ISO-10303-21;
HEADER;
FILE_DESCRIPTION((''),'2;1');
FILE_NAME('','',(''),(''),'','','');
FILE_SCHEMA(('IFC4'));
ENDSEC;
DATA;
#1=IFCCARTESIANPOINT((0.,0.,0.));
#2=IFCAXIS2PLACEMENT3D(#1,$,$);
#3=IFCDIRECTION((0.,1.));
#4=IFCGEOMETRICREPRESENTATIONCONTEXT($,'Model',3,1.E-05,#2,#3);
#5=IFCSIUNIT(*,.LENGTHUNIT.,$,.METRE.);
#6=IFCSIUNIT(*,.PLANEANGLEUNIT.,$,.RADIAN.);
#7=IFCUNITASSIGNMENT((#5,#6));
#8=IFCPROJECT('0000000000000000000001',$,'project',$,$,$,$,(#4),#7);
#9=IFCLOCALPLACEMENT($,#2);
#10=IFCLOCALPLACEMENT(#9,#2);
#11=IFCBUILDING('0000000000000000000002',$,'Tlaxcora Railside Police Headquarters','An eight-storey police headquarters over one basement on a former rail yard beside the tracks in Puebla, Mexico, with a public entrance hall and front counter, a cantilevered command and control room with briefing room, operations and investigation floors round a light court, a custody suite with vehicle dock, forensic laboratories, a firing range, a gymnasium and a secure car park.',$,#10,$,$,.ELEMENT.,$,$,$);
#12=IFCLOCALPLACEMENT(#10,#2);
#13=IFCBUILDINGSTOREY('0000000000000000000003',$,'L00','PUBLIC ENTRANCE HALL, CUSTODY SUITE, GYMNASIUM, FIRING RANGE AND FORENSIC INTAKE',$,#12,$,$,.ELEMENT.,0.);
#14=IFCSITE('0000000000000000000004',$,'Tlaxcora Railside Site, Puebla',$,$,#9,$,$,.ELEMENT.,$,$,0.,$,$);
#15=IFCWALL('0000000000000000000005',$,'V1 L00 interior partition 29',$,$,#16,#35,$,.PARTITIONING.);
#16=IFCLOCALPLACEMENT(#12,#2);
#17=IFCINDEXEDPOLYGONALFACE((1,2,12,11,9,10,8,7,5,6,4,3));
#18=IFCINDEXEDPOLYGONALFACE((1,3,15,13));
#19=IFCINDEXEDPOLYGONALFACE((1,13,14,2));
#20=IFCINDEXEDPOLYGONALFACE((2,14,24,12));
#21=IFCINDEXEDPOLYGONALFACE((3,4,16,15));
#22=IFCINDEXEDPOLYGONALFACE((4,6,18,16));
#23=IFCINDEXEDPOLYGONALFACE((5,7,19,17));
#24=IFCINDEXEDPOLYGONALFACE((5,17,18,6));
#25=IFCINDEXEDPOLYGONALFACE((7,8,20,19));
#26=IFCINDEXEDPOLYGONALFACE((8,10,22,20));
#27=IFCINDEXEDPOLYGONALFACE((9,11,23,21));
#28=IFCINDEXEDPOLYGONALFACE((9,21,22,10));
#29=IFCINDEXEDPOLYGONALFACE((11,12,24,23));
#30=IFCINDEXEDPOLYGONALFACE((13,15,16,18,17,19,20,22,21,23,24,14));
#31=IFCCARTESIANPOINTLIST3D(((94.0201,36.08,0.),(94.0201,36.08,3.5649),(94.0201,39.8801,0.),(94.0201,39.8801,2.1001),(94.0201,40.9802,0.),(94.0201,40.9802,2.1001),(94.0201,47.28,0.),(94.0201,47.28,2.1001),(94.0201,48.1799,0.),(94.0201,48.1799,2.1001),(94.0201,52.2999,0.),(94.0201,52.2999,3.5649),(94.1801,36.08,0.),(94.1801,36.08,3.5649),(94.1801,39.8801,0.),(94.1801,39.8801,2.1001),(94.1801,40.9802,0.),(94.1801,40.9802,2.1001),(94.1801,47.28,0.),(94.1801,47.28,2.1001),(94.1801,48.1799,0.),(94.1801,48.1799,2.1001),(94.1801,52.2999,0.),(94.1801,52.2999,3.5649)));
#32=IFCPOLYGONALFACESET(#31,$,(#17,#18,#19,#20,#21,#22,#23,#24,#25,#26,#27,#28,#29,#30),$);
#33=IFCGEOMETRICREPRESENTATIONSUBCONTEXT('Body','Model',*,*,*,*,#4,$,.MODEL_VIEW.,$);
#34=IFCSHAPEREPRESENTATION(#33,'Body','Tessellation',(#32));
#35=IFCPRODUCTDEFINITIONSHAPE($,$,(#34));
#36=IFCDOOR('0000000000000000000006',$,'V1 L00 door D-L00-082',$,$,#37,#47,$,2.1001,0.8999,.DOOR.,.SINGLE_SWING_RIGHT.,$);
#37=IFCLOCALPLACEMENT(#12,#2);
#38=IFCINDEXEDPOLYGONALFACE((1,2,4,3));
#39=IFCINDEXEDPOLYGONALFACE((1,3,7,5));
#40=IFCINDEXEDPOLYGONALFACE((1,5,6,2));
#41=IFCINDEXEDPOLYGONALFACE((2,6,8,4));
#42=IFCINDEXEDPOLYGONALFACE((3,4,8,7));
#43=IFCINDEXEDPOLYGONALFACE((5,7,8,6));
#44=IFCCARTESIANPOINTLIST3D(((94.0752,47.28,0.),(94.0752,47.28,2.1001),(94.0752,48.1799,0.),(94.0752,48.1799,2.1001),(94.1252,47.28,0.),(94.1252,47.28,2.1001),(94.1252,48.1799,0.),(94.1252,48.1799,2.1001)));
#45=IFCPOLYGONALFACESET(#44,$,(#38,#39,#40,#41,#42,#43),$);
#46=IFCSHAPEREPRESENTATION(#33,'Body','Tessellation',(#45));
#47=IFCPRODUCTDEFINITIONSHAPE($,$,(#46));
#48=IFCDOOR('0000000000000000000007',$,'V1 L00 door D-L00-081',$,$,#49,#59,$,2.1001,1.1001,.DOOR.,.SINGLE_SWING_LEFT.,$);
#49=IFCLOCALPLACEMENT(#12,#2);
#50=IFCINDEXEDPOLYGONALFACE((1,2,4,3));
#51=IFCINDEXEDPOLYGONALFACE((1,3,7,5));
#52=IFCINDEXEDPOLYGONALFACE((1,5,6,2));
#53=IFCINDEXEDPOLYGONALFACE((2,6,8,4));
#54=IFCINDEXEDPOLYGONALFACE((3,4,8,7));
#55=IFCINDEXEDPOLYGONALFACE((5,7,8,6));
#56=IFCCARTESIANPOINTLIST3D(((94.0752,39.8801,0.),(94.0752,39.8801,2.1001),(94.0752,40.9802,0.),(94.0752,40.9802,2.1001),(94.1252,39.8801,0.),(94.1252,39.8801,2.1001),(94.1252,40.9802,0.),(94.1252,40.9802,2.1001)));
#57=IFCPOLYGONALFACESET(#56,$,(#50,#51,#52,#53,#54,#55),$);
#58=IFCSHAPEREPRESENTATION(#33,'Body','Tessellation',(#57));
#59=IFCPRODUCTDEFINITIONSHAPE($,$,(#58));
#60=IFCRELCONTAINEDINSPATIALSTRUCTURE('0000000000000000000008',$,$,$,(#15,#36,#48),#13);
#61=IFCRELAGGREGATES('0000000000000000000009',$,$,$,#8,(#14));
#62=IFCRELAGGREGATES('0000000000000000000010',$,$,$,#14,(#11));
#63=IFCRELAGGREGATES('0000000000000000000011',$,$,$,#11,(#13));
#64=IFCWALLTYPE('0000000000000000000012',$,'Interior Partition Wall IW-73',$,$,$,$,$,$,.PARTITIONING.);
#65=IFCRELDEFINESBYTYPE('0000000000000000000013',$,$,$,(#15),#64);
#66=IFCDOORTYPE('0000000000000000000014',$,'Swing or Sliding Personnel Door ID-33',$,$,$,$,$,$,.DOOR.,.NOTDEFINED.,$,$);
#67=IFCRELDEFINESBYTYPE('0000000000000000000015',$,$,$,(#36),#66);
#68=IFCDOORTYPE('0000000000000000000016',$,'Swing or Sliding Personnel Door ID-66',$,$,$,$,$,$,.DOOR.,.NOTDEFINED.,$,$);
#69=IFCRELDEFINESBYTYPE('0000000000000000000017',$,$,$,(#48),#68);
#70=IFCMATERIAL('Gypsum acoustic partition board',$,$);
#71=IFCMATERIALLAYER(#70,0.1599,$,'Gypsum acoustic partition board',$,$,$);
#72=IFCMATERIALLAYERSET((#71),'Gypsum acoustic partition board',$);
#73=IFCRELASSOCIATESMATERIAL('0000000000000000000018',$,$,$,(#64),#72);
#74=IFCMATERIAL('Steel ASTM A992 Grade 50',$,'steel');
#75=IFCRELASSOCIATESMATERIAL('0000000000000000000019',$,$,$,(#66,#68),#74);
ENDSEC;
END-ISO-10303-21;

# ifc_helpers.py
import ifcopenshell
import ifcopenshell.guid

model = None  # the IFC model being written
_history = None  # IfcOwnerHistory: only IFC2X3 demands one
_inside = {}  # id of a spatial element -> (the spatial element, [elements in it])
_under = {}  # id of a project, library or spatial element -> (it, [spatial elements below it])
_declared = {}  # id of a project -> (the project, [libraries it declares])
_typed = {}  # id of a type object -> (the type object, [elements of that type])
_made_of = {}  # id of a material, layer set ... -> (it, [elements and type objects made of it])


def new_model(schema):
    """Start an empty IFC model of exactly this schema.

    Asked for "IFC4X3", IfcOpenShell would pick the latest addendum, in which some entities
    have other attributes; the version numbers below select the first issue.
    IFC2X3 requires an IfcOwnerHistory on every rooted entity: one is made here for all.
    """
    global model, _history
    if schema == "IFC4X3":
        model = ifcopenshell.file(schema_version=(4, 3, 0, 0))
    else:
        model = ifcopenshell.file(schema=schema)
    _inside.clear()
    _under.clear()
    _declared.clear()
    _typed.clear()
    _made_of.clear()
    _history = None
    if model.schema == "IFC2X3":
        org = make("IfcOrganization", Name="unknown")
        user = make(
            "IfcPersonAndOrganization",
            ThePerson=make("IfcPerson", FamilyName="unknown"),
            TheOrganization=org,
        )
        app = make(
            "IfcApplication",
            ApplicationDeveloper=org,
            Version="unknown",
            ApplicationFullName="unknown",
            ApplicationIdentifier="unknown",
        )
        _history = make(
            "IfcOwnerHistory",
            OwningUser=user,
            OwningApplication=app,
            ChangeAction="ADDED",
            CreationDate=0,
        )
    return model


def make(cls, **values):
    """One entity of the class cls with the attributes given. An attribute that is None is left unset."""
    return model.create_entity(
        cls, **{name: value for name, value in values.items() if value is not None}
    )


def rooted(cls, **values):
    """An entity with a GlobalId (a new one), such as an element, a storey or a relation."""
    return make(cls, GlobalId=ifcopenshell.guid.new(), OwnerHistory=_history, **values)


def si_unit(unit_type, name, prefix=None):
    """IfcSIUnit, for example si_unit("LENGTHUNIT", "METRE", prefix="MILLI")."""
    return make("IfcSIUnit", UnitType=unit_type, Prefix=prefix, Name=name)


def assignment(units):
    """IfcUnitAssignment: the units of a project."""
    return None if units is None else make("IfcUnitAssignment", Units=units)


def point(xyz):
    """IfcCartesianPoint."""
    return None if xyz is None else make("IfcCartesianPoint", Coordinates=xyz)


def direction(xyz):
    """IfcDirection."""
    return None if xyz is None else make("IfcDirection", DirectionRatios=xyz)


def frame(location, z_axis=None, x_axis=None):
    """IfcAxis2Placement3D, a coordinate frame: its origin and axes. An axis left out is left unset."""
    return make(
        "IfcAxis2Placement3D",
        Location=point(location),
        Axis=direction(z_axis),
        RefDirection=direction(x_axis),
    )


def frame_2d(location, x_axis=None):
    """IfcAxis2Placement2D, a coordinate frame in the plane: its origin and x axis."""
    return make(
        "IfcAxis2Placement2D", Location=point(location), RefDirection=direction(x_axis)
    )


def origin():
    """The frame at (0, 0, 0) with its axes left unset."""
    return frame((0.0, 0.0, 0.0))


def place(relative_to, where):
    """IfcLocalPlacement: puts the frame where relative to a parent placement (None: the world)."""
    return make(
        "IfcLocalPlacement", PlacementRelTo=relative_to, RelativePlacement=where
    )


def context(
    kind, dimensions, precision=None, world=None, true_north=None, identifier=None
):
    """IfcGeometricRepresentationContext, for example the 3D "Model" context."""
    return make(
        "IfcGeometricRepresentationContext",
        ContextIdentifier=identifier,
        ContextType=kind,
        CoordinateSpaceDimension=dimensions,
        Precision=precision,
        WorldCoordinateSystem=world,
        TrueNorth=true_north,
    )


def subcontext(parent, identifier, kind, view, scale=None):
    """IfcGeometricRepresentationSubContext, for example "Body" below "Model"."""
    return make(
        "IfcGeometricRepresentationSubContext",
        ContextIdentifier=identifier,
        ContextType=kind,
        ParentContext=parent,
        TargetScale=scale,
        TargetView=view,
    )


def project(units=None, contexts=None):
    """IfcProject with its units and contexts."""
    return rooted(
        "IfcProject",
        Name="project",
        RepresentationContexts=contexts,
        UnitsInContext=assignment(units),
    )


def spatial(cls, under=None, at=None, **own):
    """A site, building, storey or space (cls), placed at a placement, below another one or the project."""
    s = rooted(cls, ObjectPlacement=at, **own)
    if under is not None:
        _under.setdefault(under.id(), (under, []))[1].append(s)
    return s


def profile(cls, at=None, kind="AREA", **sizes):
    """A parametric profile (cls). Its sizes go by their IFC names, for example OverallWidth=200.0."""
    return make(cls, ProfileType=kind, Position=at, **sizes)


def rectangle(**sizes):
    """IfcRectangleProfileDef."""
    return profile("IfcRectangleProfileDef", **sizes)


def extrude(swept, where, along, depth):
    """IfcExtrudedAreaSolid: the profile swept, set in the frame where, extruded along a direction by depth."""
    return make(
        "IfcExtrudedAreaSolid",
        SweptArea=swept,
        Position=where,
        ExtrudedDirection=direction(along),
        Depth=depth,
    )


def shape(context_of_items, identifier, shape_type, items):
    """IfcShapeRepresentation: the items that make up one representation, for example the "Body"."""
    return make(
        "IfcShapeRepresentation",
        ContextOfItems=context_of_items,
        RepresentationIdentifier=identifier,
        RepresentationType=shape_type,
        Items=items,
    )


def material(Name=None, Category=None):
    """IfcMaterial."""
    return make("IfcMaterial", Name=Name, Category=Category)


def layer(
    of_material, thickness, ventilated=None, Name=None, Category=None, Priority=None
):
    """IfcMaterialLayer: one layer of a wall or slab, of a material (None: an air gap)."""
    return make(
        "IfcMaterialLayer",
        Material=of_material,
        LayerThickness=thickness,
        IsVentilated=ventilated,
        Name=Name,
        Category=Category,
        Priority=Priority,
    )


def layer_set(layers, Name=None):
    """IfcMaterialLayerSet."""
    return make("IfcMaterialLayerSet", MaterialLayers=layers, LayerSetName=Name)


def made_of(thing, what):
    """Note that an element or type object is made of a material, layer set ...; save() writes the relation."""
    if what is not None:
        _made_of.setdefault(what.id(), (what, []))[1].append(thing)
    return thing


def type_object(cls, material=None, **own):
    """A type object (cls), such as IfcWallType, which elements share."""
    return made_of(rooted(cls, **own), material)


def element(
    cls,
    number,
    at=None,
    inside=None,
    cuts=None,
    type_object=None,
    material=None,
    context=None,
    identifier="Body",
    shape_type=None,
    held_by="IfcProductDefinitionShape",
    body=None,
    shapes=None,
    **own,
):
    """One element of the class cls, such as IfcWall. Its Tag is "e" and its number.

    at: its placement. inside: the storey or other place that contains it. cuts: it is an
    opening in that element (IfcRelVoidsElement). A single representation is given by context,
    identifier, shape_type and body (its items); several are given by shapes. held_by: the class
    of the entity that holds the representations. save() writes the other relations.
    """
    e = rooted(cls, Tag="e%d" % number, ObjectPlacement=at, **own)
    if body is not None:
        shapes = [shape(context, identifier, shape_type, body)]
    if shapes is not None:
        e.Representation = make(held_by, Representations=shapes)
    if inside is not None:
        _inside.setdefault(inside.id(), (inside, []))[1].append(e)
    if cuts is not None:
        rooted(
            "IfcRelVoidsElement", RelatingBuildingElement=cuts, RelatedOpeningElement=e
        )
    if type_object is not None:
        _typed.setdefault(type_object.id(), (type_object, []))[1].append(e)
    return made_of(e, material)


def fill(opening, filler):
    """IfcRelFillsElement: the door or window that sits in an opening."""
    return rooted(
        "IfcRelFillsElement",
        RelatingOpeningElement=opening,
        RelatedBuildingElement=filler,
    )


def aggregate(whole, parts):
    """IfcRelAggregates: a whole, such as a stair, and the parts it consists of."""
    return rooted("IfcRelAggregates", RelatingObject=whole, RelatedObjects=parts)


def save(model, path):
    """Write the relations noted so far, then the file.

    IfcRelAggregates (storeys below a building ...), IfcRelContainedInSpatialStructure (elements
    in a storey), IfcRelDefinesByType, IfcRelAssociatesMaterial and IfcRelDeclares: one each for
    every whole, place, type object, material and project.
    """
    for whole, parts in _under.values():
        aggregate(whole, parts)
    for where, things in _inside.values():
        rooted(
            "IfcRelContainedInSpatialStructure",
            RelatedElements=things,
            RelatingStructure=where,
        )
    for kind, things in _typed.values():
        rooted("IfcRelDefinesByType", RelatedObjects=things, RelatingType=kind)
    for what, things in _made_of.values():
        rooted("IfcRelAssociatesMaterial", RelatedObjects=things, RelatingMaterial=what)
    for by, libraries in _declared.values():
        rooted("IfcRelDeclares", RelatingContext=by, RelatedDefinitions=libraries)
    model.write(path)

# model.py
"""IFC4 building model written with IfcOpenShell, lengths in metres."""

from ifc_helpers import new_model, si_unit, direction, frame, frame_2d, origin, place, context, subcontext, project, spatial, rectangle, extrude, material, layer, layer_set, type_object, element, fill, save


model = new_model("IFC4")

# Units and contexts
model_context = context("Model", 3, precision=1e-05, world=origin(), true_north=direction((0.0, 1.0)))
body_context = subcontext(model_context, "Body", "Model", "MODEL_VIEW")
ifc_project = project(units=[si_unit("LENGTHUNIT", "METRE"), si_unit("PLANEANGLEUNIT", "RADIAN")], contexts=[model_context])

# Site, building, storey
site_placement = place(None, origin())
site = spatial("IfcSite", under=ifc_project, at=site_placement, Name="Tlaxcora Railside Site, Puebla", CompositionType="ELEMENT", RefElevation=0.0)
building_placement = place(site_placement, origin())
building = spatial("IfcBuilding", under=site, at=building_placement, Name="Tlaxcora Railside Police Headquarters", Description="An eight-storey police headquarters over one basement on a former rail yard beside the tracks in Puebla, Mexico, with a public entrance hall and front counter, a cantilevered command and control room with briefing room, operations and investigation floors round a light court, a custody suite with vehicle dock, forensic laboratories, a firing range, a gymnasium and a secure car park.", CompositionType="ELEMENT")
storey_placement = place(building_placement, origin())
storey = spatial("IfcBuildingStorey", under=building, at=storey_placement, Name="L00", Description="PUBLIC ENTRANCE HALL, CUSTODY SUITE, GYMNASIUM, FIRING RANGE AND FORENSIC INTAKE", CompositionType="ELEMENT", Elevation=0.0)

# Shared definitions
ifc_material_1 = material(Name="Steel ASTM A992 Grade 50", Category="steel")

# Wall, openings, doors
ifc_material_2 = material(Name="Gypsum acoustic partition board")
ifc_layer_1 = layer(ifc_material_2, 0.1599, Name="Gypsum acoustic partition board")
ifc_layer_set_1 = layer_set([ifc_layer_1], Name="Gypsum acoustic partition board")
wall_type = type_object("IfcWallType", Name="Interior Partition Wall IW-73", PredefinedType="PARTITIONING", material=ifc_layer_set_1)
wall_placement = place(storey_placement, frame((94.1001, 36.0801, 0.0), z_axis=(0.0, 0.0, 1.0), x_axis=(0.0, 1.0, 0.0)))
wall = element("IfcWall", 1, at=wall_placement, inside=storey, type_object=wall_type, Name="V1 L00 interior partition 29", PredefinedType="PARTITIONING", context=body_context, shape_type="SweptSolid", body=[
    extrude(rectangle(XDim=16.22, YDim=0.1599, at=frame_2d((8.1099, 0.0))), origin(), (0.0, 0.0, 1.0), 3.5649),
])
opening_1_placement = place(wall_placement, frame((3.8, 0.0, 0.0)))
opening_1 = element("IfcOpeningElement", 2, at=opening_1_placement, cuts=wall, PredefinedType="OPENING", context=body_context, shape_type="SweptSolid", body=[
    extrude(rectangle(XDim=1.1001, YDim=2.1001, at=frame_2d((0.55, 1.05))), frame((0.0, 0.0898, 0.0), z_axis=(0.0, -1.0, 0.0), x_axis=(1.0, 0.0, 0.0)), (0.0, 0.0, 1.0), 0.1799),
])
opening_2_placement = place(wall_placement, frame((11.2, 0.0, 0.0)))
opening_2 = element("IfcOpeningElement", 3, at=opening_2_placement, cuts=wall, PredefinedType="OPENING", context=body_context, shape_type="SweptSolid", body=[
    extrude(rectangle(XDim=0.8999, YDim=2.1001, at=frame_2d((0.45, 1.05))), frame((0.0, 0.0898, 0.0), z_axis=(0.0, -1.0, 0.0), x_axis=(1.0, 0.0, 0.0)), (0.0, 0.0, 1.0), 0.1799),
])
door_type_1 = type_object("IfcDoorType", Name="Swing or Sliding Personnel Door ID-33", OperationType="NOTDEFINED", PredefinedType="DOOR", material=ifc_material_1)
door_1_placement = place(opening_2_placement, origin())
door_1 = element("IfcDoor", 4, at=door_1_placement, inside=storey, type_object=door_type_1, Name="V1 L00 door D-L00-082", OperationType="SINGLE_SWING_RIGHT", OverallHeight=2.1001, OverallWidth=0.8999, PredefinedType="DOOR", context=body_context, shape_type="SweptSolid", body=[
    extrude(rectangle(XDim=0.8999, YDim=2.1001, at=frame_2d((0.45, 1.05))), frame((0.0, 0.0249, 0.0), z_axis=(0.0, -1.0, 0.0), x_axis=(1.0, 0.0, 0.0)), (0.0, 0.0, 1.0), 0.05),
])
fill(opening_2, door_1)
door_type_2 = type_object("IfcDoorType", Name="Swing or Sliding Personnel Door ID-66", OperationType="NOTDEFINED", PredefinedType="DOOR", material=ifc_material_1)
door_2_placement = place(opening_1_placement, origin())
door_2 = element("IfcDoor", 5, at=door_2_placement, inside=storey, type_object=door_type_2, Name="V1 L00 door D-L00-081", OperationType="SINGLE_SWING_LEFT", OverallHeight=2.1001, OverallWidth=1.1001, PredefinedType="DOOR", context=body_context, shape_type="SweptSolid", body=[
    extrude(rectangle(XDim=1.1001, YDim=2.1001, at=frame_2d((0.55, 1.05))), frame((0.0, 0.0249, 0.0), z_axis=(0.0, -1.0, 0.0), x_axis=(1.0, 0.0, 0.0)), (0.0, 0.0, 1.0), 0.05),
])
fill(opening_1, door_2)

save(model, "model.ifc")
